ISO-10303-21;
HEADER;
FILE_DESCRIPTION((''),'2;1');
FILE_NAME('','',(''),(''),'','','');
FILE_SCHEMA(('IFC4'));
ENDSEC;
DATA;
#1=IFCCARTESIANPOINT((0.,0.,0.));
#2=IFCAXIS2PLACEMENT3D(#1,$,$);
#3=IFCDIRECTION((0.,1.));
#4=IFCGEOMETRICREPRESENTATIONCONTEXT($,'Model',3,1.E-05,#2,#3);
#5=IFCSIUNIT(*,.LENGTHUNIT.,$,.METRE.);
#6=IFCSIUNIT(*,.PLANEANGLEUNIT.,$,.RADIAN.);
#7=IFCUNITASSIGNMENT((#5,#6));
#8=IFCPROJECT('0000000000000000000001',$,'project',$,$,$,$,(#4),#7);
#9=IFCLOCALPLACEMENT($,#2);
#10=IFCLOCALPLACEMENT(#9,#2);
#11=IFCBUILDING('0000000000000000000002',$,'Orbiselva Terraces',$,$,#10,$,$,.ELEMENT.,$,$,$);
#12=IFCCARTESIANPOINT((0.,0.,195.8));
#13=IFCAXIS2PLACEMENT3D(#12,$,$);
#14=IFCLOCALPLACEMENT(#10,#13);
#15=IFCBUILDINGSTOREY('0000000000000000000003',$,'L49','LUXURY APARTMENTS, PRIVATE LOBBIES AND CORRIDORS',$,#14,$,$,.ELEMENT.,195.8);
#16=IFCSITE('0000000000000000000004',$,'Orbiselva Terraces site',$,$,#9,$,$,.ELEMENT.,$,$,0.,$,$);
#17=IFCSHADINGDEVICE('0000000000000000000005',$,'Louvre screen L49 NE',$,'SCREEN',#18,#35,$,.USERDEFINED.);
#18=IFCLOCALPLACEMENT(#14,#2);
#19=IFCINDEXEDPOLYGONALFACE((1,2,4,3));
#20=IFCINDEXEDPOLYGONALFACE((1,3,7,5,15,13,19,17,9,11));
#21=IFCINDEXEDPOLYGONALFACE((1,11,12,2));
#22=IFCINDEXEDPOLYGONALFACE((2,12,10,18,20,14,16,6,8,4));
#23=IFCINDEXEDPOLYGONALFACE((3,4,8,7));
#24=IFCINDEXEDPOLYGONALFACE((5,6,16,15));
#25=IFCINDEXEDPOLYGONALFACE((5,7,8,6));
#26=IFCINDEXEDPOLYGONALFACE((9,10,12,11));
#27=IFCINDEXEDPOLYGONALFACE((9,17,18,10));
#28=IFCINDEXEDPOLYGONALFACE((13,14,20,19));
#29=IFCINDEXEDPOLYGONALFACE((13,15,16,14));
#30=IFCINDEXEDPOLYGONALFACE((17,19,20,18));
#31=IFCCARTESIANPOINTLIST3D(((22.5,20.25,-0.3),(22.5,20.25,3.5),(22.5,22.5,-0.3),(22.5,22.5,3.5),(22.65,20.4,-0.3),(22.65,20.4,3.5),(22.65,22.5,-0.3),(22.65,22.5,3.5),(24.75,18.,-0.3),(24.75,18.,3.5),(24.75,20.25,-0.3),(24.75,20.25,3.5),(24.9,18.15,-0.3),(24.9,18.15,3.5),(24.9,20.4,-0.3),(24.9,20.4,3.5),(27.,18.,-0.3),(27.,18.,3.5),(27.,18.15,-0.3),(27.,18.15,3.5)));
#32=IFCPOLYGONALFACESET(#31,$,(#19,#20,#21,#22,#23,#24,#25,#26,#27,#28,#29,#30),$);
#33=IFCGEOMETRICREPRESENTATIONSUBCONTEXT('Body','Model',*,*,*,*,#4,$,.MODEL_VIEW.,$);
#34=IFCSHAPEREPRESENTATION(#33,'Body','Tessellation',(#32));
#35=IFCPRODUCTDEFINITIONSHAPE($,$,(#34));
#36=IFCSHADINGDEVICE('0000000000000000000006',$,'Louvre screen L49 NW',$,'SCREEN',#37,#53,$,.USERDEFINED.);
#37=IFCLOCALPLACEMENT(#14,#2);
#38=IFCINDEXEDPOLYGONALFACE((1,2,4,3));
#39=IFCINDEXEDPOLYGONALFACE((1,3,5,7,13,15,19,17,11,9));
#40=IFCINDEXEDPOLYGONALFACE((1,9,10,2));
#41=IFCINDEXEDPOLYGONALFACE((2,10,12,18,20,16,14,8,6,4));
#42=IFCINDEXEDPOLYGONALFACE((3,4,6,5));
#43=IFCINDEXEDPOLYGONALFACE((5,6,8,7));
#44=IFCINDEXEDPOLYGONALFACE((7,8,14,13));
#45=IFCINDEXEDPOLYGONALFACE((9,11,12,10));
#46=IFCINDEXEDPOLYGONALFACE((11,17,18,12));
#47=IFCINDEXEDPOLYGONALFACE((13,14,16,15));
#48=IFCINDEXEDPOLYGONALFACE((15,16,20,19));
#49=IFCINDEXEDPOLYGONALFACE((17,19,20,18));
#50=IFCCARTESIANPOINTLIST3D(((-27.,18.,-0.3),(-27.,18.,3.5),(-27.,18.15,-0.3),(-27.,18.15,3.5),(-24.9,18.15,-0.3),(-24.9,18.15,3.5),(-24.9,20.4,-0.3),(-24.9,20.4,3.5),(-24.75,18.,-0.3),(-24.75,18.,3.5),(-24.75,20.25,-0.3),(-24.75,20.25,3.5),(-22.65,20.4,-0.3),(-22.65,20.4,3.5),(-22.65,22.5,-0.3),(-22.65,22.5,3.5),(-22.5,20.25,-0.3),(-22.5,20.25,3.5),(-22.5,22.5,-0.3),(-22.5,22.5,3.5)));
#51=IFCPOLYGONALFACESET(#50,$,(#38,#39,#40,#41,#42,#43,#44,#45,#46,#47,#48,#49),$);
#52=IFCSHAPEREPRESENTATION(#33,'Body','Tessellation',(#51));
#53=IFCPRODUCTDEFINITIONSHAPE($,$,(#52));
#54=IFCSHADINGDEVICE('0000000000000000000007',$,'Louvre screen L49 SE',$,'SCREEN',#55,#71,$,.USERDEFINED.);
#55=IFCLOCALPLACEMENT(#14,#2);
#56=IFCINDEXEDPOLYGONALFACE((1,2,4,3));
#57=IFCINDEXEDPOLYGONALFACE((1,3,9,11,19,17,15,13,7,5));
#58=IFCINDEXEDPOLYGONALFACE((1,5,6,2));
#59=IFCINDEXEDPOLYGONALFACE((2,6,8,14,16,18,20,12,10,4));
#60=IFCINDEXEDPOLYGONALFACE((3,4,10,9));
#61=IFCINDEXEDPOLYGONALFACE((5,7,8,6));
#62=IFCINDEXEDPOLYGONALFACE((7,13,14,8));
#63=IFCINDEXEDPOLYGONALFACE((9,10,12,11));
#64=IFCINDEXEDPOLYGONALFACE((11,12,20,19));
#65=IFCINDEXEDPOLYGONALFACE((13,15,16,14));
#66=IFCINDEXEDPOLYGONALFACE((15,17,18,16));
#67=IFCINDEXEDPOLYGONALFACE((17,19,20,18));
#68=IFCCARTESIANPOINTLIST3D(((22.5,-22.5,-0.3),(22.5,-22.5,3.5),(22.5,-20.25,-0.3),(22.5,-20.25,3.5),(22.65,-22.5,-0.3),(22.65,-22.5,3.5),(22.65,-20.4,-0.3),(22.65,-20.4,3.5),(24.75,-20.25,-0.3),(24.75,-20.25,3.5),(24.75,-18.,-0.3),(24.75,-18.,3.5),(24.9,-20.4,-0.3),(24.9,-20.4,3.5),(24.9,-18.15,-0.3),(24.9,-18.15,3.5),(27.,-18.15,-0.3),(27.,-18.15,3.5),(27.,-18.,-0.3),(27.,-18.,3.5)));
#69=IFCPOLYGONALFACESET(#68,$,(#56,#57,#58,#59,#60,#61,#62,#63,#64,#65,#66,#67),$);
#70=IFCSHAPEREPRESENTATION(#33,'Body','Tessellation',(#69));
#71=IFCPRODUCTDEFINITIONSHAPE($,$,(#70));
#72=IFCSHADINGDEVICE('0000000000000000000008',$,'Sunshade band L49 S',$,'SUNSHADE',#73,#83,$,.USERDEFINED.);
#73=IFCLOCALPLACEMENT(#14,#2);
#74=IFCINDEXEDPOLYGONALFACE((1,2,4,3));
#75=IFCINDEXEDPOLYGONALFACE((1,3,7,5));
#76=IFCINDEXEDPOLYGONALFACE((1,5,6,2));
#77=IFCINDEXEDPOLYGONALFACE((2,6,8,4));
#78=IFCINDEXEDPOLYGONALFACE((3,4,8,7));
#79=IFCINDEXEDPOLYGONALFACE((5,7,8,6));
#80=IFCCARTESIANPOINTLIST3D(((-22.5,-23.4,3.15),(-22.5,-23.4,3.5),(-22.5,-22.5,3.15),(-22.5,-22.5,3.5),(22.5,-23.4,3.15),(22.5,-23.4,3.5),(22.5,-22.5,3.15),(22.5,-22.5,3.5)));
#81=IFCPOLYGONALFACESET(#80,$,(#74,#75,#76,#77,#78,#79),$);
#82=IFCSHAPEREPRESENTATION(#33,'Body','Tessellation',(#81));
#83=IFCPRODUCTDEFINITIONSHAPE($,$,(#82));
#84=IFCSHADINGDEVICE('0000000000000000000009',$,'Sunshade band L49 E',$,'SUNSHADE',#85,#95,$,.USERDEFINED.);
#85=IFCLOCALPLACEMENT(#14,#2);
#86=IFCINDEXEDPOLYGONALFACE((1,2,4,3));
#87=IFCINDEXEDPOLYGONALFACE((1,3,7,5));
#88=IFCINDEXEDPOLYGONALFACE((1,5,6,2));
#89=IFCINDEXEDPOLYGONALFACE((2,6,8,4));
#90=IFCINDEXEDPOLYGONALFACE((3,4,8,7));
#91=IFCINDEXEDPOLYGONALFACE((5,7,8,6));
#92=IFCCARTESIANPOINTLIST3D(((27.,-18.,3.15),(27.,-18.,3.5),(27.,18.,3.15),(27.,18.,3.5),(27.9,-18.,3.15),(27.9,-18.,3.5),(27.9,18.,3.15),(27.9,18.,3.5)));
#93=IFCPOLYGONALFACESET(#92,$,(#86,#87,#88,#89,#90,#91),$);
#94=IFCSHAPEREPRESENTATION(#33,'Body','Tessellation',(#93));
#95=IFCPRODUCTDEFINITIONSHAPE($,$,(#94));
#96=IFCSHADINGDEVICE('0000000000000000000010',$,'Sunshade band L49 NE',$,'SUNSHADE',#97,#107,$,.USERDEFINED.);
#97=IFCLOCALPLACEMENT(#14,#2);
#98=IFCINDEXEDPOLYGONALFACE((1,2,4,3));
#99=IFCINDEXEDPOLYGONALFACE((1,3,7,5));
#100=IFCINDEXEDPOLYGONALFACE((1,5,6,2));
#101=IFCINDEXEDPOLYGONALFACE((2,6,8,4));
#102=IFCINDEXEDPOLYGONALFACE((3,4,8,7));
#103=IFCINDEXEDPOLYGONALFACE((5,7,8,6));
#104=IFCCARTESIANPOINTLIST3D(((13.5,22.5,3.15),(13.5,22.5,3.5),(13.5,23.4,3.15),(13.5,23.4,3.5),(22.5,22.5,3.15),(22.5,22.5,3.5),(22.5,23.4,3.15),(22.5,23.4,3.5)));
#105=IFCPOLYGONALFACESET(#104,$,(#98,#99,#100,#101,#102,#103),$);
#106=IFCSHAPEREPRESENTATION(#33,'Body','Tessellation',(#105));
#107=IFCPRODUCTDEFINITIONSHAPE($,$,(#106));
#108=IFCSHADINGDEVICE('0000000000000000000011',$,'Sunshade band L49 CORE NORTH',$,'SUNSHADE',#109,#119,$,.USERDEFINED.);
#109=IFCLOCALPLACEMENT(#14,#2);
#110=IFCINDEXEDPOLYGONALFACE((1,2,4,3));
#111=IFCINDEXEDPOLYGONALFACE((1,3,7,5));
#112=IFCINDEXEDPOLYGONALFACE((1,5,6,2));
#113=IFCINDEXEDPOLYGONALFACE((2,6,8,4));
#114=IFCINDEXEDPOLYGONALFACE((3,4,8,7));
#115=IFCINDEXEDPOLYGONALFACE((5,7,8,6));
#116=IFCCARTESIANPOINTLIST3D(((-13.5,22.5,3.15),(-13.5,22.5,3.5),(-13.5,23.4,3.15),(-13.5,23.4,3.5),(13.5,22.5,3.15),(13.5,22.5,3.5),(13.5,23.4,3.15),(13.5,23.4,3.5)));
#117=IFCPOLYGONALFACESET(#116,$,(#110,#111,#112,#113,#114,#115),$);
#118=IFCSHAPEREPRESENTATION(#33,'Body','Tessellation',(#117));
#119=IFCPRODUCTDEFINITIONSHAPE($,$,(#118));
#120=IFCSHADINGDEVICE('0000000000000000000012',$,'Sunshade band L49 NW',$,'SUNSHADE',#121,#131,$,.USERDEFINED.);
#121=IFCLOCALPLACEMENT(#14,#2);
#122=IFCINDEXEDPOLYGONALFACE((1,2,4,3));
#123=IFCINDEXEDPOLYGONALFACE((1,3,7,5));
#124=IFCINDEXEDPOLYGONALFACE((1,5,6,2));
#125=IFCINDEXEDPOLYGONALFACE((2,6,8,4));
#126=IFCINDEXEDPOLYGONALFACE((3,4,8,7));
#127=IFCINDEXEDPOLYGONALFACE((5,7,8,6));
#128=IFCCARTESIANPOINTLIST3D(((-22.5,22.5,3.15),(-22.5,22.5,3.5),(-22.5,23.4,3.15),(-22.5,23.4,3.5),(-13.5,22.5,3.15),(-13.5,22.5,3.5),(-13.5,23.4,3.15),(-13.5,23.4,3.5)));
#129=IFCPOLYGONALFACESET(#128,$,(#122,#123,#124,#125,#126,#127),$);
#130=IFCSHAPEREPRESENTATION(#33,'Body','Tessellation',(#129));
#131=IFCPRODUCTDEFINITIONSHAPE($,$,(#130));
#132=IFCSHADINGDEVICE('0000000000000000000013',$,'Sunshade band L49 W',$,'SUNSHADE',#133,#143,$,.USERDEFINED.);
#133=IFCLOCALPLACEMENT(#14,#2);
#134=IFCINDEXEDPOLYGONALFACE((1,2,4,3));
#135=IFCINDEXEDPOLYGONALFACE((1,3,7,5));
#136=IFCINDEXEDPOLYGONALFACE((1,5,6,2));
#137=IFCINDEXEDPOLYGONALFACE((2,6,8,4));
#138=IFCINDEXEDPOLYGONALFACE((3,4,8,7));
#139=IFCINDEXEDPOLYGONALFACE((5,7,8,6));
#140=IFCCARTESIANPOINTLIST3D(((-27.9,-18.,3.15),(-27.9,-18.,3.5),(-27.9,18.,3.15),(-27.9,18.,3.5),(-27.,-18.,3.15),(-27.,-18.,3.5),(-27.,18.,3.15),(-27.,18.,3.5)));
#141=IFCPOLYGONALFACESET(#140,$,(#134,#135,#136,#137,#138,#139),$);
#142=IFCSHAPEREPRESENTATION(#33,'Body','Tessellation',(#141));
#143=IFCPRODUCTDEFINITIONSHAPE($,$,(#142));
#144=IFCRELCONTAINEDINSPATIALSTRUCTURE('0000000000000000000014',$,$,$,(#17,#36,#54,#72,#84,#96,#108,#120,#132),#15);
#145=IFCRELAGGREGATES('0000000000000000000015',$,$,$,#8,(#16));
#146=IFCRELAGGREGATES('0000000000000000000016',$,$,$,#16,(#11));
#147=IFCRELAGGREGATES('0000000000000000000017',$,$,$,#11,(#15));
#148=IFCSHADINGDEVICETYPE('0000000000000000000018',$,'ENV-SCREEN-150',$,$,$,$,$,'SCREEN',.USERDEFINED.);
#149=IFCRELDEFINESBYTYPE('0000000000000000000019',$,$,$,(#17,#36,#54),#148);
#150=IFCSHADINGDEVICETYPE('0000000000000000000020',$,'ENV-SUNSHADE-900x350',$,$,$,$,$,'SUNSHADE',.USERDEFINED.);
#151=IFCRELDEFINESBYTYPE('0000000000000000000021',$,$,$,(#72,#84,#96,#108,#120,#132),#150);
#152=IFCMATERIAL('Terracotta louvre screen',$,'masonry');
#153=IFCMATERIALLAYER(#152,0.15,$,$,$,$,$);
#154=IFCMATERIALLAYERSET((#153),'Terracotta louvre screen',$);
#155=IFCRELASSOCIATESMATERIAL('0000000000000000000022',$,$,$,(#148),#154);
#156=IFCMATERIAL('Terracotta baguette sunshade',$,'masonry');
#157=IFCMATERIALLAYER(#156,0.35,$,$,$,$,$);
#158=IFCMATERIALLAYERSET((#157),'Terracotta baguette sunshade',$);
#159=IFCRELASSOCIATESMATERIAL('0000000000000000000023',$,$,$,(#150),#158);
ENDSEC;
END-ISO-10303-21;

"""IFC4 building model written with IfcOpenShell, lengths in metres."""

from ifc_helpers import new_model, si_unit, direction, frame, origin, place, context, subcontext, project, spatial, polyline, outline, extrude, material, layer, layer_set, type_object, element, save


model = new_model("IFC4")

# Units and contexts
model_context = context("Model", 3, precision=1e-05, world=origin(), true_north=direction((0.0, 1.0)))
body_context = subcontext(model_context, "Body", "Model", "MODEL_VIEW")
ifc_project = project(units=[si_unit("LENGTHUNIT", "METRE"), si_unit("PLANEANGLEUNIT", "RADIAN")], contexts=[model_context])

# Site, building, storey
site_placement = place(None, origin())
site = spatial("IfcSite", under=ifc_project, at=site_placement, Name="Orbiselva Terraces site", CompositionType="ELEMENT", RefElevation=0.0)
building_placement = place(site_placement, origin())
building = spatial("IfcBuilding", under=site, at=building_placement, Name="Orbiselva Terraces", CompositionType="ELEMENT")
storey_placement = place(building_placement, frame((0.0, 0.0, 195.8)))
storey = spatial("IfcBuildingStorey", under=building, at=storey_placement, Name="L49", Description="LUXURY APARTMENTS, PRIVATE LOBBIES AND CORRIDORS", CompositionType="ELEMENT", Elevation=195.8)

# Shading devices
ifc_material_1 = material(Name="Terracotta louvre screen", Category="masonry")
ifc_layer_1 = layer(ifc_material_1, 0.15)
ifc_layer_set_1 = layer_set([ifc_layer_1], Name="Terracotta louvre screen")
shading_device_type_1 = type_object("IfcShadingDeviceType", Name="ENV-SCREEN-150", ElementType="SCREEN", PredefinedType="USERDEFINED", material=ifc_layer_set_1)
shading_device_1_placement = place(storey_placement, frame((0.0, 0.0, -0.3)))
element("IfcShadingDevice", 1, at=shading_device_1_placement, inside=storey, type_object=shading_device_type_1, Name="Louvre screen L49 NE", ObjectType="SCREEN", PredefinedType="USERDEFINED", context=body_context, shape_type="SweptSolid", body=[
    extrude(outline(polyline([(27.0, 18.15), (24.9, 18.15), (24.9, 20.4), (22.65, 20.4), (22.65, 22.5), (22.5, 22.5), (22.5, 20.25), (24.75, 20.25), (24.75, 18.0), (27.0, 18.0), (27.0, 18.15)])), origin(), (0.0, 0.0, 1.0), 3.8),
])
shading_device_2_placement = place(storey_placement, frame((0.0, 0.0, -0.3)))
element("IfcShadingDevice", 2, at=shading_device_2_placement, inside=storey, type_object=shading_device_type_1, Name="Louvre screen L49 NW", ObjectType="SCREEN", PredefinedType="USERDEFINED", context=body_context, shape_type="SweptSolid", body=[
    extrude(outline(polyline([(-22.65, 22.5), (-22.65, 20.4), (-24.9, 20.4), (-24.9, 18.15), (-27.0, 18.15), (-27.0, 18.0), (-24.75, 18.0), (-24.75, 20.25), (-22.5, 20.25), (-22.5, 22.5), (-22.65, 22.5)])), origin(), (0.0, 0.0, 1.0), 3.8),
])
shading_device_3_placement = place(storey_placement, frame((0.0, 0.0, -0.3)))
element("IfcShadingDevice", 3, at=shading_device_3_placement, inside=storey, type_object=shading_device_type_1, Name="Louvre screen L49 SE", ObjectType="SCREEN", PredefinedType="USERDEFINED", context=body_context, shape_type="SweptSolid", body=[
    extrude(outline(polyline([(22.65, -22.5), (22.65, -20.4), (24.9, -20.4), (24.9, -18.15), (27.0, -18.15), (27.0, -18.0), (24.75, -18.0), (24.75, -20.25), (22.5, -20.25), (22.5, -22.5), (22.65, -22.5)])), origin(), (0.0, 0.0, 1.0), 3.8),
])
ifc_material_2 = material(Name="Terracotta baguette sunshade", Category="masonry")
ifc_layer_2 = layer(ifc_material_2, 0.35)
ifc_layer_set_2 = layer_set([ifc_layer_2], Name="Terracotta baguette sunshade")
shading_device_type_2 = type_object("IfcShadingDeviceType", Name="ENV-SUNSHADE-900x350", ElementType="SUNSHADE", PredefinedType="USERDEFINED", material=ifc_layer_set_2)
shading_device_4_placement = place(storey_placement, frame((0.0, 0.0, 3.15)))
element("IfcShadingDevice", 4, at=shading_device_4_placement, inside=storey, type_object=shading_device_type_2, Name="Sunshade band L49 S", ObjectType="SUNSHADE", PredefinedType="USERDEFINED", context=body_context, shape_type="SweptSolid", body=[
    extrude(outline(polyline([(-22.5, -23.4), (22.5, -23.4), (22.5, -22.5), (-22.5, -22.5), (-22.5, -23.4)])), origin(), (0.0, 0.0, 1.0), 0.35),
])
shading_device_5_placement = place(storey_placement, frame((0.0, 0.0, 3.15)))
element("IfcShadingDevice", 5, at=shading_device_5_placement, inside=storey, type_object=shading_device_type_2, Name="Sunshade band L49 E", ObjectType="SUNSHADE", PredefinedType="USERDEFINED", context=body_context, shape_type="SweptSolid", body=[
    extrude(outline(polyline([(27.9, -18.0), (27.9, 18.0), (27.0, 18.0), (27.0, -18.0), (27.9, -18.0)])), origin(), (0.0, 0.0, 1.0), 0.35),
])
shading_device_6_placement = place(storey_placement, frame((0.0, 0.0, 3.15)))
element("IfcShadingDevice", 6, at=shading_device_6_placement, inside=storey, type_object=shading_device_type_2, Name="Sunshade band L49 NE", ObjectType="SUNSHADE", PredefinedType="USERDEFINED", context=body_context, shape_type="SweptSolid", body=[
    extrude(outline(polyline([(22.5, 23.4), (13.5, 23.4), (13.5, 22.5), (22.5, 22.5), (22.5, 23.4)])), origin(), (0.0, 0.0, 1.0), 0.35),
])
shading_device_7_placement = place(storey_placement, frame((0.0, 0.0, 3.15)))
element("IfcShadingDevice", 7, at=shading_device_7_placement, inside=storey, type_object=shading_device_type_2, Name="Sunshade band L49 CORE NORTH", ObjectType="SUNSHADE", PredefinedType="USERDEFINED", context=body_context, shape_type="SweptSolid", body=[
    extrude(outline(polyline([(13.5, 23.4), (-13.5, 23.4), (-13.5, 22.5), (13.5, 22.5), (13.5, 23.4)])), origin(), (0.0, 0.0, 1.0), 0.35),
])
shading_device_8_placement = place(storey_placement, frame((0.0, 0.0, 3.15)))
element("IfcShadingDevice", 8, at=shading_device_8_placement, inside=storey, type_object=shading_device_type_2, Name="Sunshade band L49 NW", ObjectType="SUNSHADE", PredefinedType="USERDEFINED", context=body_context, shape_type="SweptSolid", body=[
    extrude(outline(polyline([(-13.5, 23.4), (-22.5, 23.4), (-22.5, 22.5), (-13.5, 22.5), (-13.5, 23.4)])), origin(), (0.0, 0.0, 1.0), 0.35),
])
shading_device_9_placement = place(storey_placement, frame((0.0, 0.0, 3.15)))
element("IfcShadingDevice", 9, at=shading_device_9_placement, inside=storey, type_object=shading_device_type_2, Name="Sunshade band L49 W", ObjectType="SUNSHADE", PredefinedType="USERDEFINED", context=body_context, shape_type="SweptSolid", body=[
    extrude(outline(polyline([(-27.9, 18.0), (-27.9, -18.0), (-27.0, -18.0), (-27.0, 18.0), (-27.9, 18.0)])), origin(), (0.0, 0.0, 1.0), 0.35),
])

save(model, "model.ifc")
